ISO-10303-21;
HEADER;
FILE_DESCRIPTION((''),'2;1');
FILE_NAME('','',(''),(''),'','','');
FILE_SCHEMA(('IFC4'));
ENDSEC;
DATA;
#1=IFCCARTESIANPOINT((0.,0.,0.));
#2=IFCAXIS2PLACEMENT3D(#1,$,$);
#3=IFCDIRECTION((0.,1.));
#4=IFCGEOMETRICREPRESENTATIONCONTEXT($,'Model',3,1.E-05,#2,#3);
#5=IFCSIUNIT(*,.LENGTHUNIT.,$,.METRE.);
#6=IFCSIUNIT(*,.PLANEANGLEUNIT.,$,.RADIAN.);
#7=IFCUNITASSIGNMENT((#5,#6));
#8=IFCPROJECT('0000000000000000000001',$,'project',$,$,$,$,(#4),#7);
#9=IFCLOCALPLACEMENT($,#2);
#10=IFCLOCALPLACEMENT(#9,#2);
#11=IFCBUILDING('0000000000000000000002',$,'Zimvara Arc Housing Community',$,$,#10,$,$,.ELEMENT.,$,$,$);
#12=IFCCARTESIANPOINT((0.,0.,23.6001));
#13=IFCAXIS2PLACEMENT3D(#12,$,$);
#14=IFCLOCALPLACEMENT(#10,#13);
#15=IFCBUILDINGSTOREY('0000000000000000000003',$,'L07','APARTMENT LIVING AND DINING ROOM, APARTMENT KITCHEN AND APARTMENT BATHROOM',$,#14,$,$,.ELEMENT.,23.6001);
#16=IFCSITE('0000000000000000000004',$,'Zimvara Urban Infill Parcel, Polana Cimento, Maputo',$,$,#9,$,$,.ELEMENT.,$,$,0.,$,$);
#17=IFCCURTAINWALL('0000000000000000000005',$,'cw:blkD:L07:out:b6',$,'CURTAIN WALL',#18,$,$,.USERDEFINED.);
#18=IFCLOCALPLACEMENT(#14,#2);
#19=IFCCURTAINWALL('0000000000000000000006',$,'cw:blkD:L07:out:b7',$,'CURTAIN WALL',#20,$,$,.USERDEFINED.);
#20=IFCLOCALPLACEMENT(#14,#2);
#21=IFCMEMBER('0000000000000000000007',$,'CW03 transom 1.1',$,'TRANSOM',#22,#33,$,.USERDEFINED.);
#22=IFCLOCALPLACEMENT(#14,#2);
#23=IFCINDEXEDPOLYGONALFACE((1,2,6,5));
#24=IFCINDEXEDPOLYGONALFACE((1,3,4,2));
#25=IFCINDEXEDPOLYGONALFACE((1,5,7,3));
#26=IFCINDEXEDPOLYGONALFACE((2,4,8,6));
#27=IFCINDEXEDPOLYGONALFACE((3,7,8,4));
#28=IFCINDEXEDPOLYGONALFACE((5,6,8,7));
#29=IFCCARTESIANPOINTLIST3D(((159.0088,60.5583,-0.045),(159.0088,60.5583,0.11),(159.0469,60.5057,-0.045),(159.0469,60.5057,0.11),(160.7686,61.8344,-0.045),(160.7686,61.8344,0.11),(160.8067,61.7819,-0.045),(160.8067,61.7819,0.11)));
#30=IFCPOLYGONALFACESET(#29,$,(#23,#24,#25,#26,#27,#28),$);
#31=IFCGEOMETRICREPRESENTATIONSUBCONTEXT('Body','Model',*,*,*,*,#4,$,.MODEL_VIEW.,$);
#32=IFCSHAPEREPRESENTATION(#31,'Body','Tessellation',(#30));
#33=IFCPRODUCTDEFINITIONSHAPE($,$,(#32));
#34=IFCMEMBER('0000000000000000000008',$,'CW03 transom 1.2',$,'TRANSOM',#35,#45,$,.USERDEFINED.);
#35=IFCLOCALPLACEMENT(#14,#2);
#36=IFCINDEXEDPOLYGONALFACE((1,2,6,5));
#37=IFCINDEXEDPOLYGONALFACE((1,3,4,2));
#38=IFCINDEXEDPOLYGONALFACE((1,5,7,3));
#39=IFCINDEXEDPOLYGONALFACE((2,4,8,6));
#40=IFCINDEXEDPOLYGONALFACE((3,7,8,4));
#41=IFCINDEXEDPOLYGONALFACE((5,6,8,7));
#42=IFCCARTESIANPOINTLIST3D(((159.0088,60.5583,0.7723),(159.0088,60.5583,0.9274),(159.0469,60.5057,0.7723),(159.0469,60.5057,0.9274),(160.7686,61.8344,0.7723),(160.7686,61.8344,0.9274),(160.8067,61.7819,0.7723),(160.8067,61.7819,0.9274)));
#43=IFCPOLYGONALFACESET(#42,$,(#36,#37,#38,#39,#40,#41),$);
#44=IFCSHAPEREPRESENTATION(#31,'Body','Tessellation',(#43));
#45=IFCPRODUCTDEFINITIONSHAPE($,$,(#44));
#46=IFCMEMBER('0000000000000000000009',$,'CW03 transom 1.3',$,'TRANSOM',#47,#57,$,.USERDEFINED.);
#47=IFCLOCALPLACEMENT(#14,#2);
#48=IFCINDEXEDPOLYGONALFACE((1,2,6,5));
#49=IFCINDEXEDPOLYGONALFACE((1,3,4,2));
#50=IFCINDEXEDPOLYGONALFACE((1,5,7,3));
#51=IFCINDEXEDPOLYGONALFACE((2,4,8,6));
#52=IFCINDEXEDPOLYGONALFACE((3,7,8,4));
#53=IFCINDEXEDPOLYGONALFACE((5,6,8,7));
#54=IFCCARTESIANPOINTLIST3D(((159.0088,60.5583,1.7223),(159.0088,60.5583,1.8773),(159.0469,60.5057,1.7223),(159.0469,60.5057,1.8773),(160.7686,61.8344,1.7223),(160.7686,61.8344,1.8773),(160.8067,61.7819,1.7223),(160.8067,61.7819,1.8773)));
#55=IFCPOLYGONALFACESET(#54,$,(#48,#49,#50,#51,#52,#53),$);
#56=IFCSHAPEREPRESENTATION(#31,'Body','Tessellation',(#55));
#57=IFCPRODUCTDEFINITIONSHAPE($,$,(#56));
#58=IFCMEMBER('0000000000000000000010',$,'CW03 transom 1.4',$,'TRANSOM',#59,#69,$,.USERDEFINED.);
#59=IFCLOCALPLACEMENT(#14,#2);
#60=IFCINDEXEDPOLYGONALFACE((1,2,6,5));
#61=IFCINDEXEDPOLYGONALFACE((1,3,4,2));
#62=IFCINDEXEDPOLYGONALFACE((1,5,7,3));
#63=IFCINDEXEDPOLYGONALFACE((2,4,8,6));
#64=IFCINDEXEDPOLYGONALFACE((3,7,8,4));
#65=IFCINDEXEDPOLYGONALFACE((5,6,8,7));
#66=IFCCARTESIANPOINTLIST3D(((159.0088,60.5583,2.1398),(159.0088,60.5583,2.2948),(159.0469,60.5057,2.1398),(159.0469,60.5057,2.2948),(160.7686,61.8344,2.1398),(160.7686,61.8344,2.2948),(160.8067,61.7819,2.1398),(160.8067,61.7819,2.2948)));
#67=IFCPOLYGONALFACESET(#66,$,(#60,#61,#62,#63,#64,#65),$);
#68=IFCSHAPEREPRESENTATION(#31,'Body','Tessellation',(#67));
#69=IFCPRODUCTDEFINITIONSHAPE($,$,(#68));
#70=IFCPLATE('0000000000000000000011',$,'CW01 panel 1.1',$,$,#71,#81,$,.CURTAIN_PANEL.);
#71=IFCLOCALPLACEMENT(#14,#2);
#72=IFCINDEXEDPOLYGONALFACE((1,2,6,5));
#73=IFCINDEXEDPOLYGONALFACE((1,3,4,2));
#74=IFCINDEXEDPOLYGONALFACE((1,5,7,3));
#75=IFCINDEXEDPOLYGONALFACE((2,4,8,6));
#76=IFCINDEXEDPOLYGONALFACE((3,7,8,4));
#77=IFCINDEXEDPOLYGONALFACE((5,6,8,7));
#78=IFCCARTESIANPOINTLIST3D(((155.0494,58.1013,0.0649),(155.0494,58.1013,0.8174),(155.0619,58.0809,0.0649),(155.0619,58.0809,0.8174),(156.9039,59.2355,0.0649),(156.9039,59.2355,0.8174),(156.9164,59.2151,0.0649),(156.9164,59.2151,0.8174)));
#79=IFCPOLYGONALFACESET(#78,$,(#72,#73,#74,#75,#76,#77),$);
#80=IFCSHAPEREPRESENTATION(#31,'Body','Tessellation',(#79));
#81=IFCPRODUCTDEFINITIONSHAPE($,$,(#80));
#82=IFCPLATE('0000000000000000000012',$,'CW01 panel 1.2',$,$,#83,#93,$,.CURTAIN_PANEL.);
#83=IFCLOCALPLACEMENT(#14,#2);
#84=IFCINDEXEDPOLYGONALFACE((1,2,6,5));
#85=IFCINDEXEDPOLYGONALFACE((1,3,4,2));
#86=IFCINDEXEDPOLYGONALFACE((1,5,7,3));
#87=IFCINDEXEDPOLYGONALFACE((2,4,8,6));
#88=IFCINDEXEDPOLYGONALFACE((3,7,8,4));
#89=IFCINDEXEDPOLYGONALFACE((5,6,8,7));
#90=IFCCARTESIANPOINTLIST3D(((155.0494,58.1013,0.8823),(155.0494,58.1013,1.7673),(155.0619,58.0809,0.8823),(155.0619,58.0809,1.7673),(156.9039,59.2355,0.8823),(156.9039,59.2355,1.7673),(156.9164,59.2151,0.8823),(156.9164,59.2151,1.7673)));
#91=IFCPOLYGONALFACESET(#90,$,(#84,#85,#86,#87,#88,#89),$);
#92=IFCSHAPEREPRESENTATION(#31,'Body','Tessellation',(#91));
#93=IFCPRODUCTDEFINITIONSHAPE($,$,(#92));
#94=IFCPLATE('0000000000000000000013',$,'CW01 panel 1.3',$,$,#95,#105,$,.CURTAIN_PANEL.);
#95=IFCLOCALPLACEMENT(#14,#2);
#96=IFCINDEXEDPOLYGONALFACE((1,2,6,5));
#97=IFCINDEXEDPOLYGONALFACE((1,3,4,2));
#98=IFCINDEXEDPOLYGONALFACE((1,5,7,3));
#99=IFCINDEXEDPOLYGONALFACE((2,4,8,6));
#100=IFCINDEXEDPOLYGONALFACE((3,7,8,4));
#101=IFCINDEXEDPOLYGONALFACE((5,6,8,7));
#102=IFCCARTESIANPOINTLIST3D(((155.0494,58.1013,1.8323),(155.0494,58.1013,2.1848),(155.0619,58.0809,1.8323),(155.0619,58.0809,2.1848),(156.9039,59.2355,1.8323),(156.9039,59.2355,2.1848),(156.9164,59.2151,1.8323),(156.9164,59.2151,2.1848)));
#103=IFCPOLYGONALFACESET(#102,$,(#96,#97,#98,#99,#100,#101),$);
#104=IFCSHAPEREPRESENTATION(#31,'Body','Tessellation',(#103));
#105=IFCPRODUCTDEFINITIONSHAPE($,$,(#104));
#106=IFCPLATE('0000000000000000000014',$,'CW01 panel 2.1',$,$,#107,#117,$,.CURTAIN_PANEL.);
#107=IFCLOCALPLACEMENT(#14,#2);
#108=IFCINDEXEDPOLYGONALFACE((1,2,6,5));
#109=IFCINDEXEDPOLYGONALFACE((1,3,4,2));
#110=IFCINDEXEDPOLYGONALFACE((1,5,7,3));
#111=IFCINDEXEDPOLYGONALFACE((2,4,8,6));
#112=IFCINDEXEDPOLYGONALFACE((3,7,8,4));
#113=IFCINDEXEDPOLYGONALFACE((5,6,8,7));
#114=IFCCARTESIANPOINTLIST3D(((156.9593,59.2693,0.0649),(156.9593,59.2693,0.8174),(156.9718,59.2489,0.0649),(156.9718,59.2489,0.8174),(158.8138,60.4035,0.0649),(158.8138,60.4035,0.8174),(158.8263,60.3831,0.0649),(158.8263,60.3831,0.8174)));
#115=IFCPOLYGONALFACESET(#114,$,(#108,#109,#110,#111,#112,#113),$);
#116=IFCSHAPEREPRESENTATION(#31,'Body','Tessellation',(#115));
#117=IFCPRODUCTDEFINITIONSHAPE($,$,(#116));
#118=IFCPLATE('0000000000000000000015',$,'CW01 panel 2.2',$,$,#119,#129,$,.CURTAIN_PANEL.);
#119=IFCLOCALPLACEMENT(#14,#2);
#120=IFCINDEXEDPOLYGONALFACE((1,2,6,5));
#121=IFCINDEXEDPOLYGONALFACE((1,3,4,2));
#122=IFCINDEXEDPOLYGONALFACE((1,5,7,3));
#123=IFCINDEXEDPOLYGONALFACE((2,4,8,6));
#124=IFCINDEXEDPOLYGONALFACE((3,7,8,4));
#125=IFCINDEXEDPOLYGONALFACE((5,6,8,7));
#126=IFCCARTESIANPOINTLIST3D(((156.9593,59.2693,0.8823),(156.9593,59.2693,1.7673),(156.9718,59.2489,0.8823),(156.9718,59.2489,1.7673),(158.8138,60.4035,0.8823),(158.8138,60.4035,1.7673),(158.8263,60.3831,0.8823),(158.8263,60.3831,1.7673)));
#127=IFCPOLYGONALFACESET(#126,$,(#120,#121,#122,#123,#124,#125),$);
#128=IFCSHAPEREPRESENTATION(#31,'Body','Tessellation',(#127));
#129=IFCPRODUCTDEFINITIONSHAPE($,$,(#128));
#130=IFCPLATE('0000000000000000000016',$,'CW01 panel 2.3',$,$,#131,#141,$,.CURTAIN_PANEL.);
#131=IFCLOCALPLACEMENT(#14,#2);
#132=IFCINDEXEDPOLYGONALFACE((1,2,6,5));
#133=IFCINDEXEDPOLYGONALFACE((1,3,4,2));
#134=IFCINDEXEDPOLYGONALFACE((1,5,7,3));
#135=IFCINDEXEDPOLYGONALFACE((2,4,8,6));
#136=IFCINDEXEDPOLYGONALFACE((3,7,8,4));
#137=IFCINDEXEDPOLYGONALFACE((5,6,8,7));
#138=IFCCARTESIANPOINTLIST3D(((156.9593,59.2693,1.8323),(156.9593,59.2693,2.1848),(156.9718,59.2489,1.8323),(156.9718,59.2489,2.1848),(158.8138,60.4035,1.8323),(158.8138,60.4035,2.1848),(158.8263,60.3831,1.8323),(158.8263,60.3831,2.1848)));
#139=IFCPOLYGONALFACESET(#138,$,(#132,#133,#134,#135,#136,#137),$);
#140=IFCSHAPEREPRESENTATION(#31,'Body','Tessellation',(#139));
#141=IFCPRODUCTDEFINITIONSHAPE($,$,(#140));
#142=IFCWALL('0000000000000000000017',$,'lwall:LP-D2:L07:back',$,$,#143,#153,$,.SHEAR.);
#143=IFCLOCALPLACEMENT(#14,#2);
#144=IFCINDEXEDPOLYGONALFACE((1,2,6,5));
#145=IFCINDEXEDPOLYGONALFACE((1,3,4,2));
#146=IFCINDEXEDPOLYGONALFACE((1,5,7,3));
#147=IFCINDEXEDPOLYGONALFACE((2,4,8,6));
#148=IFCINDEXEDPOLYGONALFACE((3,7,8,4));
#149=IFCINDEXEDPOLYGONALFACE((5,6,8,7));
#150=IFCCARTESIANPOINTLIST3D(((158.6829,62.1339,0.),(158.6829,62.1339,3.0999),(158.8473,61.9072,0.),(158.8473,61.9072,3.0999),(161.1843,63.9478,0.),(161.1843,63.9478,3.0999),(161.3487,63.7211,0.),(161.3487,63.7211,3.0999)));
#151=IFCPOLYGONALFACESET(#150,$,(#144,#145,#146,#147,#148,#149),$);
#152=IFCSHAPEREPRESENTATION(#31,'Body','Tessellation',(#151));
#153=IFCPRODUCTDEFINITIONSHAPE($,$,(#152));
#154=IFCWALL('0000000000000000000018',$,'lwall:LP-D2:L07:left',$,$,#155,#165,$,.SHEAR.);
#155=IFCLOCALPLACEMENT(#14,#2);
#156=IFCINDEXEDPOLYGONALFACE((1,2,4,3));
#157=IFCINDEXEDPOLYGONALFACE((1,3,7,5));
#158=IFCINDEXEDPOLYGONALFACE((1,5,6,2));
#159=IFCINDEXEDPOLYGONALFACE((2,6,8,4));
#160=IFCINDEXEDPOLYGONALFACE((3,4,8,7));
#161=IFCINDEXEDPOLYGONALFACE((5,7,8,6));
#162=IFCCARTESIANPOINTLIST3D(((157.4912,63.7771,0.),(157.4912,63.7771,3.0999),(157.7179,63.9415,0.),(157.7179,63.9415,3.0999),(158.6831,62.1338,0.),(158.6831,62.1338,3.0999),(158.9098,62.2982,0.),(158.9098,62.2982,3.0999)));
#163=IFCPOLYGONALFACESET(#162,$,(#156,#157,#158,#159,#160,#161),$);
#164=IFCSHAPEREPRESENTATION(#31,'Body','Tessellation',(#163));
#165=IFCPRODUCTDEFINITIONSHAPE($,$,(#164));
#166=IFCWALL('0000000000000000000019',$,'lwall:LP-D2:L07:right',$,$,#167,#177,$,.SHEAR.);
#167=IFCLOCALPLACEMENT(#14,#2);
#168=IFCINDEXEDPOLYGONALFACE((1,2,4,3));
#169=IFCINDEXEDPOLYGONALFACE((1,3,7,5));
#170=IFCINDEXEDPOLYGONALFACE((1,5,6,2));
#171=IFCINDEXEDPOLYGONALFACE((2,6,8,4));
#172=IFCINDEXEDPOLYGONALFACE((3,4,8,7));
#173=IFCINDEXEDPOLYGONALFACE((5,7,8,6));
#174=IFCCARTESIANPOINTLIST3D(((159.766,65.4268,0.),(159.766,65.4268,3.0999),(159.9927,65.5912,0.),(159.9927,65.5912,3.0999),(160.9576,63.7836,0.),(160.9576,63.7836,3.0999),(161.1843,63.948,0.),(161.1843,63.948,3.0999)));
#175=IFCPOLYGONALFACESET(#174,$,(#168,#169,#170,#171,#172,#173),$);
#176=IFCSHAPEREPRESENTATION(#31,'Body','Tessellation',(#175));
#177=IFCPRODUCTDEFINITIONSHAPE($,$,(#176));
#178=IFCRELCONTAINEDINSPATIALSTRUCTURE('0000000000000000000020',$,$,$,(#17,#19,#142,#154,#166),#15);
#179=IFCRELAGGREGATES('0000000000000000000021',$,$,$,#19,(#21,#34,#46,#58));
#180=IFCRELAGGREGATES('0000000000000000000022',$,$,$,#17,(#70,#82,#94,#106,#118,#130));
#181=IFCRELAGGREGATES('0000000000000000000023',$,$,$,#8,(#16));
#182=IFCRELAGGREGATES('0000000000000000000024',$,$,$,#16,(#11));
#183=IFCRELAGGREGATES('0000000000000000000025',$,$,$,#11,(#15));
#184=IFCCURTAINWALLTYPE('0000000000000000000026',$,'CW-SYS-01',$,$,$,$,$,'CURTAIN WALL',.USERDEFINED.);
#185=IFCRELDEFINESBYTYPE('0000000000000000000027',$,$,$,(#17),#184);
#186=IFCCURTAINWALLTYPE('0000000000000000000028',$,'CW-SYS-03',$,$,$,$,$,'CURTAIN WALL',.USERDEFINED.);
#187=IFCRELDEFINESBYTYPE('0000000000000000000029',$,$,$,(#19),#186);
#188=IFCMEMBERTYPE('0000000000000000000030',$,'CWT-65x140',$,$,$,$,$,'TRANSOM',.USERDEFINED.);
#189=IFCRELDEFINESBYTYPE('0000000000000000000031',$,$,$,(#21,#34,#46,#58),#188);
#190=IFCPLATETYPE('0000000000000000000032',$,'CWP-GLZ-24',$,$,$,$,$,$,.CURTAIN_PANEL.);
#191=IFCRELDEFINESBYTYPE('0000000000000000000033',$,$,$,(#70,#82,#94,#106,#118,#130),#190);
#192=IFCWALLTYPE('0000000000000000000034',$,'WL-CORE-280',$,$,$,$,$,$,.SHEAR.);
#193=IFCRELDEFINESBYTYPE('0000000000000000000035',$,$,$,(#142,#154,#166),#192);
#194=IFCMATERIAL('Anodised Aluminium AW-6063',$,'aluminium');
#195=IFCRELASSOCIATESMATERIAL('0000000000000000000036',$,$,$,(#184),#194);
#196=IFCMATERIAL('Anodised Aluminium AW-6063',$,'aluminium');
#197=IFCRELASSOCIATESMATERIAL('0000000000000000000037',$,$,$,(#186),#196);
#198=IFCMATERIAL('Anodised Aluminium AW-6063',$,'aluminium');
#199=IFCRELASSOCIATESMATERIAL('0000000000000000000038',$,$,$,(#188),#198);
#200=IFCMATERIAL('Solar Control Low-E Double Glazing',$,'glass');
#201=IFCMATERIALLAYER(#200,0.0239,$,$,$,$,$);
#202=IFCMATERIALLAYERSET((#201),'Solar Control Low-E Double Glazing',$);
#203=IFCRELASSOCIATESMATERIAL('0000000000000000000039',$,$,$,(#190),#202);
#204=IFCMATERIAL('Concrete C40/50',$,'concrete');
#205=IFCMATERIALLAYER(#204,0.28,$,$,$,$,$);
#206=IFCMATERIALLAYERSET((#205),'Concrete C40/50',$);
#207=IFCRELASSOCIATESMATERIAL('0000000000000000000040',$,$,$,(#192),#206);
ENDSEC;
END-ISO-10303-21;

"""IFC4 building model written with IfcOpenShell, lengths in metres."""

from ifc_helpers import new_model, si_unit, direction, frame, frame_2d, origin, origin_2d, place, context, subcontext, project, spatial, rectangle, extrude, material, layer, layer_set, material_profile, profile_set, type_object, element, aggregate, save


model = new_model("IFC4")

# Units and contexts
model_context = context("Model", 3, precision=1e-05, world=origin(), true_north=direction((0.0, 1.0)))
body_context = subcontext(model_context, "Body", "Model", "MODEL_VIEW")
ifc_project = project(units=[si_unit("LENGTHUNIT", "METRE"), si_unit("PLANEANGLEUNIT", "RADIAN")], contexts=[model_context])

# Site, building, storey
site_placement = place(None, origin())
site = spatial("IfcSite", under=ifc_project, at=site_placement, Name="Zimvara Urban Infill Parcel, Polana Cimento, Maputo", CompositionType="ELEMENT", RefElevation=0.0)
building_placement = place(site_placement, origin())
building = spatial("IfcBuilding", under=site, at=building_placement, Name="Zimvara Arc Housing Community", CompositionType="ELEMENT")
storey_placement = place(building_placement, frame((0.0, 0.0, 23.6001)))
storey = spatial("IfcBuildingStorey", under=building, at=storey_placement, Name="L07", Description="APARTMENT LIVING AND DINING ROOM, APARTMENT KITCHEN AND APARTMENT BATHROOM", CompositionType="ELEMENT", Elevation=23.6001)

# Curtain wall
ifc_material_1 = material(Name="Anodised Aluminium AW-6063", Category="aluminium")
curtain_wall_type_1 = type_object("IfcCurtainWallType", Name="CW-SYS-01", ElementType="CURTAIN WALL", PredefinedType="USERDEFINED", material=ifc_material_1)
curtain_wall_1_placement = place(storey_placement, origin())
curtain_wall_1 = element("IfcCurtainWall", 1, at=curtain_wall_1_placement, inside=storey, type_object=curtain_wall_type_1, Name="cw:blkD:L07:out:b6", ObjectType="CURTAIN WALL", PredefinedType="USERDEFINED")

# Curtain wall
ifc_material_2 = material(Name="Anodised Aluminium AW-6063", Category="aluminium")
curtain_wall_type_2 = type_object("IfcCurtainWallType", Name="CW-SYS-03", ElementType="CURTAIN WALL", PredefinedType="USERDEFINED", material=ifc_material_2)
curtain_wall_2_placement = place(storey_placement, origin())
curtain_wall_2 = element("IfcCurtainWall", 2, at=curtain_wall_2_placement, inside=storey, type_object=curtain_wall_type_2, Name="cw:blkD:L07:out:b7", ObjectType="CURTAIN WALL", PredefinedType="USERDEFINED")

# Members
ifc_material_3 = material(Name="Anodised Aluminium AW-6063", Category="aluminium")
ifc_material_profile_1 = material_profile(ifc_material_3, rectangle(XDim=0.0649, YDim=0.155, at=origin_2d()), Name="ALU 65x155")
ifc_profile_set_1 = profile_set([ifc_material_profile_1], Name="Anodised Aluminium AW-6063")
member_type_1 = type_object("IfcMemberType", Name="CWT-65x140", ElementType="TRANSOM", PredefinedType="USERDEFINED", material=ifc_profile_set_1)
member_1_placement = place(storey_placement, frame((159.0278, 60.532, 0.0325), z_axis=(0.809546, 0.587056, 0.0), x_axis=(-0.587056, 0.809546, 0.0)))
member_1 = element("IfcMember", 3, at=member_1_placement, type_object=member_type_1, Name="CW03 transom 1.1", ObjectType="TRANSOM", PredefinedType="USERDEFINED", context=body_context, shape_type="SweptSolid", body=[
    extrude(rectangle(XDim=0.0649, YDim=0.155, at=origin_2d()), origin(), (0.0, 0.0, 1.0), 2.1738),
])
member_2_placement = place(storey_placement, frame((159.0278, 60.532, 0.8499), z_axis=(0.809546, 0.587056, 0.0), x_axis=(-0.587056, 0.809546, 0.0)))
member_2 = element("IfcMember", 4, at=member_2_placement, type_object=member_type_1, Name="CW03 transom 1.2", ObjectType="TRANSOM", PredefinedType="USERDEFINED", context=body_context, shape_type="SweptSolid", body=[
    extrude(rectangle(XDim=0.0649, YDim=0.155, at=origin_2d()), origin(), (0.0, 0.0, 1.0), 2.1738),
])
member_3_placement = place(storey_placement, frame((159.0278, 60.532, 1.7998), z_axis=(0.809546, 0.587056, 0.0), x_axis=(-0.587056, 0.809546, 0.0)))
member_3 = element("IfcMember", 5, at=member_3_placement, type_object=member_type_1, Name="CW03 transom 1.3", ObjectType="TRANSOM", PredefinedType="USERDEFINED", context=body_context, shape_type="SweptSolid", body=[
    extrude(rectangle(XDim=0.0649, YDim=0.155, at=origin_2d()), origin(), (0.0, 0.0, 1.0), 2.1738),
])
member_4_placement = place(storey_placement, frame((159.0278, 60.532, 2.2173), z_axis=(0.809546, 0.587056, 0.0), x_axis=(-0.587056, 0.809546, 0.0)))
member_4 = element("IfcMember", 6, at=member_4_placement, type_object=member_type_1, Name="CW03 transom 1.4", ObjectType="TRANSOM", PredefinedType="USERDEFINED", context=body_context, shape_type="SweptSolid", body=[
    extrude(rectangle(XDim=0.0649, YDim=0.155, at=origin_2d()), origin(), (0.0, 0.0, 1.0), 2.1738),
])
aggregate(curtain_wall_2, [member_1, member_2, member_3, member_4])

# Plates
ifc_material_4 = material(Name="Solar Control Low-E Double Glazing", Category="glass")
ifc_layer_1 = layer(ifc_material_4, 0.0239)
ifc_layer_set_1 = layer_set([ifc_layer_1], Name="Solar Control Low-E Double Glazing")
plate_type = type_object("IfcPlateType", Name="CWP-GLZ-24", PredefinedType="CURTAIN_PANEL", material=ifc_layer_set_1)
plate_1_placement = place(storey_placement, frame((155.9829, 58.6582, 0.0649), z_axis=(0.0, 0.0, 1.0), x_axis=(0.853096, 0.521754, 0.0)))
plate_1 = element("IfcPlate", 7, at=plate_1_placement, type_object=plate_type, Name="CW01 panel 1.1", PredefinedType="CURTAIN_PANEL", context=body_context, shape_type="SweptSolid", body=[
    extrude(rectangle(XDim=2.1738, YDim=0.0239, at=origin_2d()), origin(), (0.0, 0.0, 1.0), 0.7524),
])
plate_2_placement = place(storey_placement, frame((155.9829, 58.6582, 0.8823), z_axis=(0.0, 0.0, 1.0), x_axis=(0.853096, 0.521754, 0.0)))
plate_2 = element("IfcPlate", 8, at=plate_2_placement, type_object=plate_type, Name="CW01 panel 1.2", PredefinedType="CURTAIN_PANEL", context=body_context, shape_type="SweptSolid", body=[
    extrude(rectangle(XDim=2.1738, YDim=0.0239, at=origin_2d()), origin(), (0.0, 0.0, 1.0), 0.885),
])
plate_3_placement = place(storey_placement, frame((155.9829, 58.6582, 1.8323), z_axis=(0.0, 0.0, 1.0), x_axis=(0.853096, 0.521754, 0.0)))
plate_3 = element("IfcPlate", 9, at=plate_3_placement, type_object=plate_type, Name="CW01 panel 1.3", PredefinedType="CURTAIN_PANEL", context=body_context, shape_type="SweptSolid", body=[
    extrude(rectangle(XDim=2.1738, YDim=0.0239, at=origin_2d()), origin(), (0.0, 0.0, 1.0), 0.3525),
])
plate_4_placement = place(storey_placement, frame((157.8928, 59.8262, 0.0649), z_axis=(0.0, 0.0, 1.0), x_axis=(0.853096, 0.521754, 0.0)))
plate_4 = element("IfcPlate", 10, at=plate_4_placement, type_object=plate_type, Name="CW01 panel 2.1", PredefinedType="CURTAIN_PANEL", context=body_context, shape_type="SweptSolid", body=[
    extrude(rectangle(XDim=2.1738, YDim=0.0239, at=origin_2d()), origin(), (0.0, 0.0, 1.0), 0.7524),
])
plate_5_placement = place(storey_placement, frame((157.8928, 59.8262, 0.8823), z_axis=(0.0, 0.0, 1.0), x_axis=(0.853096, 0.521754, 0.0)))
plate_5 = element("IfcPlate", 11, at=plate_5_placement, type_object=plate_type, Name="CW01 panel 2.2", PredefinedType="CURTAIN_PANEL", context=body_context, shape_type="SweptSolid", body=[
    extrude(rectangle(XDim=2.1738, YDim=0.0239, at=origin_2d()), origin(), (0.0, 0.0, 1.0), 0.885),
])
plate_6_placement = place(storey_placement, frame((157.8928, 59.8262, 1.8323), z_axis=(0.0, 0.0, 1.0), x_axis=(0.853096, 0.521754, 0.0)))
plate_6 = element("IfcPlate", 12, at=plate_6_placement, type_object=plate_type, Name="CW01 panel 2.3", PredefinedType="CURTAIN_PANEL", context=body_context, shape_type="SweptSolid", body=[
    extrude(rectangle(XDim=2.1738, YDim=0.0239, at=origin_2d()), origin(), (0.0, 0.0, 1.0), 0.3525),
])
aggregate(curtain_wall_1, [plate_1, plate_2, plate_3, plate_4, plate_5, plate_6])

# Shared definitions
ifc_material_5 = material(Name="Concrete C40/50", Category="concrete")
ifc_layer_2 = layer(ifc_material_5, 0.28)
ifc_layer_set_2 = layer_set([ifc_layer_2], Name="Concrete C40/50")
wall_type = type_object("IfcWallType", Name="WL-CORE-280", PredefinedType="SHEAR", material=ifc_layer_set_2)

# Walls
wall_1_placement = place(storey_placement, frame((158.7651, 62.0205, 0.0), z_axis=(0.0, 0.0, 1.0), x_axis=(0.809548, 0.587053, 0.0)))
element("IfcWall", 13, at=wall_1_placement, inside=storey, type_object=wall_type, Name="lwall:LP-D2:L07:back", PredefinedType="SHEAR", context=body_context, shape_type="SweptSolid", body=[
    extrude(rectangle(XDim=3.0898, YDim=0.28, at=frame_2d((1.5449, 0.0))), origin(), (0.0, 0.0, 1.0), 3.0999),
])
wall_2_placement = place(storey_placement, frame((157.6045, 63.8594, 0.0), z_axis=(0.0, 0.0, 1.0), x_axis=(0.587127, -0.809495, 0.0)))
element("IfcWall", 14, at=wall_2_placement, inside=storey, type_object=wall_type, Name="lwall:LP-D2:L07:left", PredefinedType="SHEAR", context=body_context, shape_type="SweptSolid", body=[
    extrude(rectangle(XDim=2.03, YDim=0.28, at=frame_2d((1.0151, 0.0))), origin(), (0.0, 0.0, 1.0), 3.0999),
])
wall_3_placement = place(storey_placement, frame((159.8794, 65.509, 0.0), z_axis=(0.0, 0.0, 1.0), x_axis=(0.587048, -0.809552, 0.0)))
element("IfcWall", 15, at=wall_3_placement, inside=storey, type_object=wall_type, Name="lwall:LP-D2:L07:right", PredefinedType="SHEAR", context=body_context, shape_type="SweptSolid", body=[
    extrude(rectangle(XDim=2.0298, YDim=0.28, at=frame_2d((1.0149, 0.0))), origin(), (0.0, 0.0, 1.0), 3.0999),
])

save(model, "model.ifc")
